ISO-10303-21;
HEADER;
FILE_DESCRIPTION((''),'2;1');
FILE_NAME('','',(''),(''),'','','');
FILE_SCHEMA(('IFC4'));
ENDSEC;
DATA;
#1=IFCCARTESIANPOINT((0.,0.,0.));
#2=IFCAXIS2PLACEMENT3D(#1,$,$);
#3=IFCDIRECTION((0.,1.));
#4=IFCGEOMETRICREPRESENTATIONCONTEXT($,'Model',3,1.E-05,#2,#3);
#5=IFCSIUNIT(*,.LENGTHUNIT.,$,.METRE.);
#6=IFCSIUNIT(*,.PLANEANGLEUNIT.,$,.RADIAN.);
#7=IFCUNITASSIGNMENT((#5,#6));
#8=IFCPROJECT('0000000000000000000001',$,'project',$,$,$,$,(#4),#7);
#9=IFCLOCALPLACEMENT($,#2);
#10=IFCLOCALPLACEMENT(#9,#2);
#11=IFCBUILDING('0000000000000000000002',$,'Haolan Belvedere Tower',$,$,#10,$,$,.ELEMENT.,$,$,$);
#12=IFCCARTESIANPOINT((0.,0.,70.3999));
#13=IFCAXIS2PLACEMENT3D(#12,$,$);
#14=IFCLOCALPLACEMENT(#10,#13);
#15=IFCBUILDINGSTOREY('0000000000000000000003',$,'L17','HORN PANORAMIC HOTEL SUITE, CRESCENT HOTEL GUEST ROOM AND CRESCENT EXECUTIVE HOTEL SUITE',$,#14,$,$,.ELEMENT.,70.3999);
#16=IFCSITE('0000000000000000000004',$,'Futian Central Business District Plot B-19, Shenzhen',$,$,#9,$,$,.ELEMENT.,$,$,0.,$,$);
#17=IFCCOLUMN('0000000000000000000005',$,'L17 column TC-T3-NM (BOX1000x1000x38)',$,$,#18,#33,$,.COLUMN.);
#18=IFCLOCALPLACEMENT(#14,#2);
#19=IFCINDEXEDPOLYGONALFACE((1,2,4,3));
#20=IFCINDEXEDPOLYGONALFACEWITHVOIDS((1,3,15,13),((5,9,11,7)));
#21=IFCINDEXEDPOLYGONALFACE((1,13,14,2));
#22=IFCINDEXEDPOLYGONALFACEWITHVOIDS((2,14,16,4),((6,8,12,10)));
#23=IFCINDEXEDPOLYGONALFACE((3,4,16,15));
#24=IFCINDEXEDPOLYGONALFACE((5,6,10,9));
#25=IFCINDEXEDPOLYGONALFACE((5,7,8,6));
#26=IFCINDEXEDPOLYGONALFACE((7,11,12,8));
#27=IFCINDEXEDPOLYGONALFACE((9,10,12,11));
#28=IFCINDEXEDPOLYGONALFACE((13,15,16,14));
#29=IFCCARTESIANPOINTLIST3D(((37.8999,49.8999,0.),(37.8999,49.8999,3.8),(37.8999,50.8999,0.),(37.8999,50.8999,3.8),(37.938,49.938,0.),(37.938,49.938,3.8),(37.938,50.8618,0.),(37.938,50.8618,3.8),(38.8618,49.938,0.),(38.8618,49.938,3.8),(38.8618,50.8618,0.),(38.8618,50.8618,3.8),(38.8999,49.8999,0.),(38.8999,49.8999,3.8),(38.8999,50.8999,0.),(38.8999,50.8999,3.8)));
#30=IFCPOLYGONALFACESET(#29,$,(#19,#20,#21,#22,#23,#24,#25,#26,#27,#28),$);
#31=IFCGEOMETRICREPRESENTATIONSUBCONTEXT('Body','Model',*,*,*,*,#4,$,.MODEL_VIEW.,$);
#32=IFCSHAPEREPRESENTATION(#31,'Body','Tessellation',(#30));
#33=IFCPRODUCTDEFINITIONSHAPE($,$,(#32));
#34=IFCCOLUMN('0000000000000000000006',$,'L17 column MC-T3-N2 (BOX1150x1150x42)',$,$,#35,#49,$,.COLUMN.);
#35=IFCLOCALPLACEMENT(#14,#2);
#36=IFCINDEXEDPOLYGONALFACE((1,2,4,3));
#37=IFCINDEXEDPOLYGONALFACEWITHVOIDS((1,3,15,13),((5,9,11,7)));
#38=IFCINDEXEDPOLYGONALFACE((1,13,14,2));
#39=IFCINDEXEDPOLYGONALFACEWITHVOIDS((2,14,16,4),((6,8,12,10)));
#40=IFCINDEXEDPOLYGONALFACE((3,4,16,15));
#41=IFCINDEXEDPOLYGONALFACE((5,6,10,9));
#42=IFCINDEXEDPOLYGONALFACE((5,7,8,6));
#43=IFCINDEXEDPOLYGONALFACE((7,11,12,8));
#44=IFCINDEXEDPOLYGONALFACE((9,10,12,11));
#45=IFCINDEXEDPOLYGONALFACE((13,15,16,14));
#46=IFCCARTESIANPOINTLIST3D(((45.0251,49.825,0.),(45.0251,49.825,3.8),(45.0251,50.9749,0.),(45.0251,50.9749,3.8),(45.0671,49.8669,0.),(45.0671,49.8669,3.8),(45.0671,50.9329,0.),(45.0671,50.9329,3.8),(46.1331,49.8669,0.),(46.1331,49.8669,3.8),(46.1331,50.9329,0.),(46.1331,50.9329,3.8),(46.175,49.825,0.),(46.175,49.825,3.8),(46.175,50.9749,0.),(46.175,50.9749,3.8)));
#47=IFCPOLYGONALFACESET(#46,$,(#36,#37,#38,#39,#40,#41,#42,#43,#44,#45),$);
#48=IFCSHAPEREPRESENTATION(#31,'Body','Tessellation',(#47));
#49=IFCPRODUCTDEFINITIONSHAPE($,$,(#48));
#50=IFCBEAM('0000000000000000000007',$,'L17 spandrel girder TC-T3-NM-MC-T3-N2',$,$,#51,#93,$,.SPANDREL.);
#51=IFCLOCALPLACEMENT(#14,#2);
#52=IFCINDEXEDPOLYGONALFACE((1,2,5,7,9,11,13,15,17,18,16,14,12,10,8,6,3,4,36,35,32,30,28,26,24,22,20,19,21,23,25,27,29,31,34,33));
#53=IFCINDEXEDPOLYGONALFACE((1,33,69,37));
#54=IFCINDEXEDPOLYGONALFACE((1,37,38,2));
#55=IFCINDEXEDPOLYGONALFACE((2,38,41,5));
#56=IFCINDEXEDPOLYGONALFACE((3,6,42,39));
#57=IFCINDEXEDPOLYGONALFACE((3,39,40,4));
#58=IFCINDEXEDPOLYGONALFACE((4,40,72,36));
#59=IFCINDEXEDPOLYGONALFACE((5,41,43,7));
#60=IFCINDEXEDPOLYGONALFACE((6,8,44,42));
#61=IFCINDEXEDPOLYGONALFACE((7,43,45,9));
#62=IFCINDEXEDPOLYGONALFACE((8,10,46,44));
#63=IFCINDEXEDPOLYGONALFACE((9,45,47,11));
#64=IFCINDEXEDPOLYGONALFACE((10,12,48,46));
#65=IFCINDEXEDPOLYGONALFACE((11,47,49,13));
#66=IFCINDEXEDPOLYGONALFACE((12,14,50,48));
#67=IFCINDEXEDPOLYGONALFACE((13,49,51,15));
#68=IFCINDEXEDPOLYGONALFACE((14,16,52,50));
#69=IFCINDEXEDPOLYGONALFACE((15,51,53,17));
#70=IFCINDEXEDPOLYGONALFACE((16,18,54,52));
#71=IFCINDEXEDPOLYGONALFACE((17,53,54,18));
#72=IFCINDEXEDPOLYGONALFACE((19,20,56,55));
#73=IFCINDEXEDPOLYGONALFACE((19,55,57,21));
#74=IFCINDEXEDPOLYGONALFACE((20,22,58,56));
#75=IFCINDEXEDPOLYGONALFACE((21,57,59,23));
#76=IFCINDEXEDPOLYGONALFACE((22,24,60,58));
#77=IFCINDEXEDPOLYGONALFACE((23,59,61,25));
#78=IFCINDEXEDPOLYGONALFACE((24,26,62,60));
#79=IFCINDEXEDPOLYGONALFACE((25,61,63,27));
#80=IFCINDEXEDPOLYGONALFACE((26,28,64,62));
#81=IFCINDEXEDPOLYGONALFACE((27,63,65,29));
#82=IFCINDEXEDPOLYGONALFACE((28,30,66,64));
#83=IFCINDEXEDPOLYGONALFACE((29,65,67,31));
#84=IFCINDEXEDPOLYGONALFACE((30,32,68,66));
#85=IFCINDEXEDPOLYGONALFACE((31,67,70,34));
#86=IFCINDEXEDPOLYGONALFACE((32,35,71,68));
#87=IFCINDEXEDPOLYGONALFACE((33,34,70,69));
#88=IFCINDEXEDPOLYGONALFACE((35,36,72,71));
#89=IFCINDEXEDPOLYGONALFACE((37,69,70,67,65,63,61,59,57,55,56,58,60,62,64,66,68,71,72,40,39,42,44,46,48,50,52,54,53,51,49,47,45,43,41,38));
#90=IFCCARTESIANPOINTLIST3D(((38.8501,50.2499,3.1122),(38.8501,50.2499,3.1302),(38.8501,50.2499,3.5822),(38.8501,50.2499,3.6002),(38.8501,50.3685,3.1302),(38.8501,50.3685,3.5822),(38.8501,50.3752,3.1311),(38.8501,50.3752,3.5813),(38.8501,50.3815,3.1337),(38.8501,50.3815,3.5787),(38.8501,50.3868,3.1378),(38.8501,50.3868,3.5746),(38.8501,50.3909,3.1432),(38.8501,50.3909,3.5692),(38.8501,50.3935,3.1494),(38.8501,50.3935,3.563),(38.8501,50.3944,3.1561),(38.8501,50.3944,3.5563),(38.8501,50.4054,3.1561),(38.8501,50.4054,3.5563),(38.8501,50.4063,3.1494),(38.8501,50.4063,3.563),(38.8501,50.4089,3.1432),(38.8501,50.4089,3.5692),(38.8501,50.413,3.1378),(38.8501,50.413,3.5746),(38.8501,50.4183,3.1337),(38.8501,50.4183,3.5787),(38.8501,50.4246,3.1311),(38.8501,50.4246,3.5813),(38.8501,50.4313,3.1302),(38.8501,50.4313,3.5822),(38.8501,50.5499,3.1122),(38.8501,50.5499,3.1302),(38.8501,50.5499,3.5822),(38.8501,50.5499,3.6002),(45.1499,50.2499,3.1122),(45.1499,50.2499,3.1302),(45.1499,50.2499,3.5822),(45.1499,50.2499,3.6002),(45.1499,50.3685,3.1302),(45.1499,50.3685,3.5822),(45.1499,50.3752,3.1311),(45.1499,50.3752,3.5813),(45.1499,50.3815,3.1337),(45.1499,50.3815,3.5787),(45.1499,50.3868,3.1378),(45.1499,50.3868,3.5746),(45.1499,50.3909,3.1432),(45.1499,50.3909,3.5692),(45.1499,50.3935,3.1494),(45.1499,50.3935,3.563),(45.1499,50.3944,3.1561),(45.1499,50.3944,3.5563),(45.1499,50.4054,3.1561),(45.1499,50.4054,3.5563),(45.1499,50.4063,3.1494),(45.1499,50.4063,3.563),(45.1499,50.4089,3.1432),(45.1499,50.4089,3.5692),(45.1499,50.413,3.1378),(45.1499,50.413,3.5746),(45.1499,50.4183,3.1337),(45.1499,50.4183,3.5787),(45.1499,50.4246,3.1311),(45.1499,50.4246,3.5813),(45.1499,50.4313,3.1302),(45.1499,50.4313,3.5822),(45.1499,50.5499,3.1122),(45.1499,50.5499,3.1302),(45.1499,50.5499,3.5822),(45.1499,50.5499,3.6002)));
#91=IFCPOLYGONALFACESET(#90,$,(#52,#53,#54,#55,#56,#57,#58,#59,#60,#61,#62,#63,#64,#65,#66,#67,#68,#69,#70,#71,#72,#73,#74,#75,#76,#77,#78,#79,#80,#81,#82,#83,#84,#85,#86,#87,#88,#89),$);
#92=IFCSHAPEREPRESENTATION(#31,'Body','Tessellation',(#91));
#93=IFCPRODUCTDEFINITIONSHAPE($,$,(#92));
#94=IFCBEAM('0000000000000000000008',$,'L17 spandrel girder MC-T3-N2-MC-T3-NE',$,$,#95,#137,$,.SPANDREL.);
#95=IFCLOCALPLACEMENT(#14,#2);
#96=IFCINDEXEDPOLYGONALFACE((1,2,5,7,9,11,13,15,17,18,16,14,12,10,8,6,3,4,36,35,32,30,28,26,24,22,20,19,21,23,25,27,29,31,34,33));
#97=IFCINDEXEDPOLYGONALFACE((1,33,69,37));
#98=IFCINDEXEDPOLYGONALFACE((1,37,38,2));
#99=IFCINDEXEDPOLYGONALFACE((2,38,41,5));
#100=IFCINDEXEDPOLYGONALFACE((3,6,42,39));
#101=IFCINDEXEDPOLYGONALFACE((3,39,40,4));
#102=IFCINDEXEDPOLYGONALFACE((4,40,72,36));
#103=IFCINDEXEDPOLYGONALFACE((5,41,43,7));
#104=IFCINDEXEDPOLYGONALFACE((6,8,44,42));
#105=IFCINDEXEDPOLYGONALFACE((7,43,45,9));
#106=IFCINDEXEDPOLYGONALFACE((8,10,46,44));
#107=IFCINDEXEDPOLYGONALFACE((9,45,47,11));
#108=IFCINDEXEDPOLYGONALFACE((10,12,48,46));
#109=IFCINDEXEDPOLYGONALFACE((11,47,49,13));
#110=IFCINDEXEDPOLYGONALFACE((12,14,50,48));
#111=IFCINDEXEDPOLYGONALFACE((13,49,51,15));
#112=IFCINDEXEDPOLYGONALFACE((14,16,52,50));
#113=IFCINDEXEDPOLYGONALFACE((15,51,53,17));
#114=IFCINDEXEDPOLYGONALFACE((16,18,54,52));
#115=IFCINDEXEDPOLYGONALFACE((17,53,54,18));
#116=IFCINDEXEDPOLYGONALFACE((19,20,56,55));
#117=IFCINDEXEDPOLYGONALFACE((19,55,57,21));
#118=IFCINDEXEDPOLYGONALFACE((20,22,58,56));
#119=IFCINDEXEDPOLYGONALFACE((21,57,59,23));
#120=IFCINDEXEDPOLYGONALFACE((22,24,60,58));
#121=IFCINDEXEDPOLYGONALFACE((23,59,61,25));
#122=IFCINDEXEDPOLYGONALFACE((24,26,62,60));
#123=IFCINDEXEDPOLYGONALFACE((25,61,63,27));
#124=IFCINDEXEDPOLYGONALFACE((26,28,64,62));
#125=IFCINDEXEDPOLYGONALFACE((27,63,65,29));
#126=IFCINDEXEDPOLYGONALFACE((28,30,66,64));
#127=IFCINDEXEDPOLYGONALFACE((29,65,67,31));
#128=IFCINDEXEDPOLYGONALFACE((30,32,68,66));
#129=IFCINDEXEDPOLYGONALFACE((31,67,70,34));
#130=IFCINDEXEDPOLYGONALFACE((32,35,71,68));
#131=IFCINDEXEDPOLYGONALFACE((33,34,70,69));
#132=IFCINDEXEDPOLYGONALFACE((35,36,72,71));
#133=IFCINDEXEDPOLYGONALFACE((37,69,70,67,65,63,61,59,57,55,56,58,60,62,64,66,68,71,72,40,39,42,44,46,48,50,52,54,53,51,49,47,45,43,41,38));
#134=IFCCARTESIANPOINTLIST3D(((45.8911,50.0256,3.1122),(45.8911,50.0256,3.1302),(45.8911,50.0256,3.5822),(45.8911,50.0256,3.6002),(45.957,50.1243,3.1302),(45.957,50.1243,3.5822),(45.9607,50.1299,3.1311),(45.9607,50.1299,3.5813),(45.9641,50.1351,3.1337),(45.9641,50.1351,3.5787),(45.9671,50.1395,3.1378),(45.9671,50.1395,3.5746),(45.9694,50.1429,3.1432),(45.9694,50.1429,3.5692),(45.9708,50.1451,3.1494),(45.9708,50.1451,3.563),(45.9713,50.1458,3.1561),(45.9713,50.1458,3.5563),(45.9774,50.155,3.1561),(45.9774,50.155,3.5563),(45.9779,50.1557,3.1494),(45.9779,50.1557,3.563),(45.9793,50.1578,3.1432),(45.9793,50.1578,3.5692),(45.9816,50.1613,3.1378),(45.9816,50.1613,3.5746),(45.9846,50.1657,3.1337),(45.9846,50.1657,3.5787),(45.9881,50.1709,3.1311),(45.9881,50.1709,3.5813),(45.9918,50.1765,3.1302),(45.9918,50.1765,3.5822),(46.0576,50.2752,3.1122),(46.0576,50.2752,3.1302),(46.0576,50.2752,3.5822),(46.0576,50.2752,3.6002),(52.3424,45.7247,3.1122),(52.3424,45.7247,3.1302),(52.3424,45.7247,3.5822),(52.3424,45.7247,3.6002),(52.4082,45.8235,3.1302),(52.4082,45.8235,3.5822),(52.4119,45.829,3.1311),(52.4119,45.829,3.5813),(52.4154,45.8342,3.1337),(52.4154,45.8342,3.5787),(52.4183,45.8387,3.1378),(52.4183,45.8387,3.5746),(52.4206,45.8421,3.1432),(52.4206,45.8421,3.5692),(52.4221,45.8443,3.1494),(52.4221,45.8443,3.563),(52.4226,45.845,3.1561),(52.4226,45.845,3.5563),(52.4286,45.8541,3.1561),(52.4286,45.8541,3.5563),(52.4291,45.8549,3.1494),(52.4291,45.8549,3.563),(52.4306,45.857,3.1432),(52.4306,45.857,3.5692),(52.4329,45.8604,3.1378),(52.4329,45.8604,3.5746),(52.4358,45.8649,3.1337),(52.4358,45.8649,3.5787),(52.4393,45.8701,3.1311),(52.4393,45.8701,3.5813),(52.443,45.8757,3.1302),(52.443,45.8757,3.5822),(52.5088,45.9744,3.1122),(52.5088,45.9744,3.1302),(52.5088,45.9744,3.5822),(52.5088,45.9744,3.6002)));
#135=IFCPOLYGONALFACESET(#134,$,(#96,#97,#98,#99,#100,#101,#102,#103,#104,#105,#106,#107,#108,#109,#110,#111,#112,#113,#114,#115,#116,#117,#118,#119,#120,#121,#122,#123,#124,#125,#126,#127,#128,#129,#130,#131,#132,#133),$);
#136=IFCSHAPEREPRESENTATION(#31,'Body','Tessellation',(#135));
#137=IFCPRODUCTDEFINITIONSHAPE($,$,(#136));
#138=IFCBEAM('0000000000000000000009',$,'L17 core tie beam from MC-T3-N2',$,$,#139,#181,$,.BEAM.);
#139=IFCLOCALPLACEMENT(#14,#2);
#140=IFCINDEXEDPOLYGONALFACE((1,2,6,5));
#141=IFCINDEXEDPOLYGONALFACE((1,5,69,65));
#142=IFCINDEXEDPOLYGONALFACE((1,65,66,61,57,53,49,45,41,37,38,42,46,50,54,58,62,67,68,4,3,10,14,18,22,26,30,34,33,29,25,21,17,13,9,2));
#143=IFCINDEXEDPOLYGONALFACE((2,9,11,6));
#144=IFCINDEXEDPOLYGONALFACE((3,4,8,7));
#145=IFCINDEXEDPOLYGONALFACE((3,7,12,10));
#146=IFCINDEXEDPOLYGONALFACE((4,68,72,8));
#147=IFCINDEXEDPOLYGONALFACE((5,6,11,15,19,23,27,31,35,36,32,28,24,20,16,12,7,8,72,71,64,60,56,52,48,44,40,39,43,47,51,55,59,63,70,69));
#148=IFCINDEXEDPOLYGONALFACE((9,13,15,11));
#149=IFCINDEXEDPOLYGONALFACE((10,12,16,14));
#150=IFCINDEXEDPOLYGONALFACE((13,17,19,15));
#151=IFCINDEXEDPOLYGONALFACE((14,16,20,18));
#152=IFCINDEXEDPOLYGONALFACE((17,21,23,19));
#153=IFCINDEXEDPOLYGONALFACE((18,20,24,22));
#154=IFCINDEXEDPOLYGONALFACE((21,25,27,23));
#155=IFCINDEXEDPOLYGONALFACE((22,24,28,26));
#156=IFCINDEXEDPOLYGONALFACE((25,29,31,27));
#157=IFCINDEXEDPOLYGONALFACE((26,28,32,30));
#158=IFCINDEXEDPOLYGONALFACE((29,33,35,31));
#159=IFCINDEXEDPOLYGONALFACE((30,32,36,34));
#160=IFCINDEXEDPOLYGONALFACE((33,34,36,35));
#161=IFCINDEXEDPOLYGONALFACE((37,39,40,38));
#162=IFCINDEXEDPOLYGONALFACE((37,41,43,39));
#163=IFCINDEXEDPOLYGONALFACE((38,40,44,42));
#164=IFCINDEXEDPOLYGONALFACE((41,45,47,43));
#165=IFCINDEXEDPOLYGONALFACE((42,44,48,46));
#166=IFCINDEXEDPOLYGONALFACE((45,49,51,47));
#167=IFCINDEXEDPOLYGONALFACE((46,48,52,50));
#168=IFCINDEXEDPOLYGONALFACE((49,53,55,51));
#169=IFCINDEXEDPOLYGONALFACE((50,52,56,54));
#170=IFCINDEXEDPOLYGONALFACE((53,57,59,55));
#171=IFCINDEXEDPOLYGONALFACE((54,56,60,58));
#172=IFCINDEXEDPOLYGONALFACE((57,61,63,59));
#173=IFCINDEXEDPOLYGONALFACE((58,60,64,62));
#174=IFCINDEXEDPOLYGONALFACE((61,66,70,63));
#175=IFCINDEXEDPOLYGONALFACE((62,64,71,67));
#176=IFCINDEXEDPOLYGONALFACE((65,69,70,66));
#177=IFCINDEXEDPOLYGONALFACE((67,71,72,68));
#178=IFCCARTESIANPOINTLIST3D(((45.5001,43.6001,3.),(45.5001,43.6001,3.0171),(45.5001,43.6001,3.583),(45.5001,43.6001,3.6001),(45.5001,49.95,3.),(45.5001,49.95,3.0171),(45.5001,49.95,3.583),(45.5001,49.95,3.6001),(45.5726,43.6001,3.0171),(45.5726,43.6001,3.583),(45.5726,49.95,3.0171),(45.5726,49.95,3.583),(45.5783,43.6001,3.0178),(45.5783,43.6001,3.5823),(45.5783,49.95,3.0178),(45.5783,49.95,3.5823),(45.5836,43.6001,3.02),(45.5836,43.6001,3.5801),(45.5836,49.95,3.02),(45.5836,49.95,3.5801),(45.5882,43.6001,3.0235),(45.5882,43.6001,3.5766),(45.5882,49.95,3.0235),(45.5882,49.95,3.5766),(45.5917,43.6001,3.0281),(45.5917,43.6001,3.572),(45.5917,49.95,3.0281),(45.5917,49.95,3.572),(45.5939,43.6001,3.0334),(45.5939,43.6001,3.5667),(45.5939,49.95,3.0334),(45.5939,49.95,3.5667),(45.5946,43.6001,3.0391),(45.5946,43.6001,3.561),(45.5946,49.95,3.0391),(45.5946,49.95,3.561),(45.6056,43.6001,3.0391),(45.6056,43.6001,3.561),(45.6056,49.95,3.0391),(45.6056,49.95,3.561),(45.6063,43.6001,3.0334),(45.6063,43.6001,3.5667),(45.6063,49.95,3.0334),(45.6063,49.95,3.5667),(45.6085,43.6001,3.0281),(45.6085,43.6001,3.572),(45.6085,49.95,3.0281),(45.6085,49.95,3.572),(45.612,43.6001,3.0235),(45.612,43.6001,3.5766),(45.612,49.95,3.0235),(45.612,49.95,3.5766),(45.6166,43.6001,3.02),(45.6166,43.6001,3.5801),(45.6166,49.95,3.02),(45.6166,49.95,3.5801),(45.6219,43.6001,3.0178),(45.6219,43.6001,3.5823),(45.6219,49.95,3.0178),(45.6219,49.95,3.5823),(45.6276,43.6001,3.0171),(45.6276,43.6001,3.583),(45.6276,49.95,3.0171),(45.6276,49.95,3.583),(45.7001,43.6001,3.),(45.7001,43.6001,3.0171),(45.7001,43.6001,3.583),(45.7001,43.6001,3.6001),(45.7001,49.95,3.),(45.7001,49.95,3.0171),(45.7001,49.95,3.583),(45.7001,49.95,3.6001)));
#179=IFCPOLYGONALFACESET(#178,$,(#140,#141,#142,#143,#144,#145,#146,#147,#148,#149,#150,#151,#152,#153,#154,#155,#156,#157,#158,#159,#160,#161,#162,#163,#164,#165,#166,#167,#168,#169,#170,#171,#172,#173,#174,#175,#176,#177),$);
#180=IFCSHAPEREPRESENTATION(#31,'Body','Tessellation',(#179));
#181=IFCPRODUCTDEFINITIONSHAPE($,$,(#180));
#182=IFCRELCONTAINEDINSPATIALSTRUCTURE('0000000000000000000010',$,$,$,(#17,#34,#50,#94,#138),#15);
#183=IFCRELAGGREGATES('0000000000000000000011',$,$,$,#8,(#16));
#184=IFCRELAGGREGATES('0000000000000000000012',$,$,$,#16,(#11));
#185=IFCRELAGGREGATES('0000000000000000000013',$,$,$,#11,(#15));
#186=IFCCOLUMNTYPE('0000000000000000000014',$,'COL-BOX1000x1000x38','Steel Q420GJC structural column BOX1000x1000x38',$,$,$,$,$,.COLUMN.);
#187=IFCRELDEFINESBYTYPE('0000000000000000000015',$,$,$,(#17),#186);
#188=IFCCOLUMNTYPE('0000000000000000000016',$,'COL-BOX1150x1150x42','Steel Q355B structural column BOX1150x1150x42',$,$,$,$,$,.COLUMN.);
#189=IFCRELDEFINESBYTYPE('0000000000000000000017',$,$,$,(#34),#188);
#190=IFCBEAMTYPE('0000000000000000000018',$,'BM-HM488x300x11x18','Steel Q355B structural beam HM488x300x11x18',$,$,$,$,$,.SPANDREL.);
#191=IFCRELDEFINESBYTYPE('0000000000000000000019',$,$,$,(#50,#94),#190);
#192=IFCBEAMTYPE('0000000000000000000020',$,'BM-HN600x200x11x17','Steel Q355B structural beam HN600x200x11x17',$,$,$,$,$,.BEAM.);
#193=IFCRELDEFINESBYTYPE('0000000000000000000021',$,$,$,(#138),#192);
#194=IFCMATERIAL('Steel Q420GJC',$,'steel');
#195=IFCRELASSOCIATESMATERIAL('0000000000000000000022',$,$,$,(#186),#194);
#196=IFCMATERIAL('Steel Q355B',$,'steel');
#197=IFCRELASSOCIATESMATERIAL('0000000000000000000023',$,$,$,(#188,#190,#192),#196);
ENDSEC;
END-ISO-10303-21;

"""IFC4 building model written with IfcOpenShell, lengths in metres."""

from ifc_helpers import new_model, si_unit, direction, frame, origin, origin_2d, place, context, subcontext, project, spatial, hollow_rectangle, i_section, extrude, material, material_profile, profile_set, type_object, element, save


model = new_model("IFC4")

# Units and contexts
model_context = context("Model", 3, precision=1e-05, world=origin(), true_north=direction((0.0, 1.0)))
body_context = subcontext(model_context, "Body", "Model", "MODEL_VIEW")
ifc_project = project(units=[si_unit("LENGTHUNIT", "METRE"), si_unit("PLANEANGLEUNIT", "RADIAN")], contexts=[model_context])

# Site, building, storey
site_placement = place(None, origin())
site = spatial("IfcSite", under=ifc_project, at=site_placement, Name="Futian Central Business District Plot B-19, Shenzhen", CompositionType="ELEMENT", RefElevation=0.0)
building_placement = place(site_placement, origin())
building = spatial("IfcBuilding", under=site, at=building_placement, Name="Haolan Belvedere Tower", CompositionType="ELEMENT")
storey_placement = place(building_placement, frame((0.0, 0.0, 70.3999)))
storey = spatial("IfcBuildingStorey", under=building, at=storey_placement, Name="L17", Description="HORN PANORAMIC HOTEL SUITE, CRESCENT HOTEL GUEST ROOM AND CRESCENT EXECUTIVE HOTEL SUITE", CompositionType="ELEMENT", Elevation=70.3999)

# Columns
ifc_material_1 = material(Name="Steel Q420GJC", Category="steel")
ifc_material_profile_1 = material_profile(ifc_material_1, hollow_rectangle(XDim=1.0, YDim=1.0, WallThickness=0.0381, at=origin_2d()), Name="Steel Q420GJC")
ifc_profile_set_1 = profile_set([ifc_material_profile_1], Name="Steel Q420GJC")
column_type_1 = type_object("IfcColumnType", Name="COL-BOX1000x1000x38", Description="Steel Q420GJC structural column BOX1000x1000x38", PredefinedType="COLUMN", material=ifc_profile_set_1)
column_1_placement = place(storey_placement, frame((38.3999, 50.3999, 0.0), z_axis=(0.0, 0.0, 1.0), x_axis=(1.0, 0.0, 0.0)))
element("IfcColumn", 1, at=column_1_placement, inside=storey, type_object=column_type_1, Name="L17 column TC-T3-NM (BOX1000x1000x38)", PredefinedType="COLUMN", context=body_context, shape_type="SweptSolid", body=[
    extrude(hollow_rectangle(XDim=1.0, YDim=1.0, WallThickness=0.0381, at=origin_2d()), origin(), (0.0, 0.0, 1.0), 3.8),
])
ifc_material_2 = material(Name="Steel Q355B", Category="steel")
ifc_material_profile_2 = material_profile(ifc_material_2, hollow_rectangle(XDim=1.1499, YDim=1.1499, WallThickness=0.042, at=origin_2d()), Name="Steel Q355B")
ifc_profile_set_2 = profile_set([ifc_material_profile_2], Name="Steel Q355B")
column_type_2 = type_object("IfcColumnType", Name="COL-BOX1150x1150x42", Description="Steel Q355B structural column BOX1150x1150x42", PredefinedType="COLUMN", material=ifc_profile_set_2)
column_2_placement = place(storey_placement, frame((45.6001, 50.3999, 0.0), z_axis=(0.0, 0.0, 1.0), x_axis=(1.0, 0.0, 0.0)))
element("IfcColumn", 2, at=column_2_placement, inside=storey, type_object=column_type_2, Name="L17 column MC-T3-N2 (BOX1150x1150x42)", PredefinedType="COLUMN", context=body_context, shape_type="SweptSolid", body=[
    extrude(hollow_rectangle(XDim=1.1499, YDim=1.1499, WallThickness=0.042, at=origin_2d()), origin(), (0.0, 0.0, 1.0), 3.8),
])

# Beams
ifc_material_profile_3 = material_profile(ifc_material_2, i_section(OverallWidth=0.3, OverallDepth=0.488, WebThickness=0.011, FlangeThickness=0.0181, FilletRadius=0.0259, at=origin_2d()), Name="Steel Q355B")
ifc_profile_set_3 = profile_set([ifc_material_profile_3], Name="Steel Q355B")
beam_type_1 = type_object("IfcBeamType", Name="BM-HM488x300x11x18", Description="Steel Q355B structural beam HM488x300x11x18", PredefinedType="SPANDREL", material=ifc_profile_set_3)
beam_1_placement = place(storey_placement, frame((38.8501, 50.3999, 3.3562), z_axis=(1.0, 0.0, 0.0), x_axis=(0.0, 1.0, 0.0)))
element("IfcBeam", 3, at=beam_1_placement, inside=storey, type_object=beam_type_1, Name="L17 spandrel girder TC-T3-NM-MC-T3-N2", PredefinedType="SPANDREL", context=body_context, shape_type="SweptSolid", body=[
    extrude(i_section(OverallWidth=0.3, OverallDepth=0.488, WebThickness=0.011, FlangeThickness=0.0181, FilletRadius=0.0259, at=origin_2d()), origin(), (0.0, 0.0, 1.0), 6.2998),
])
beam_2_placement = place(storey_placement, frame((45.9744, 50.1504, 3.3562), z_axis=(0.83205, -0.5547, 0.0), x_axis=(0.5547, 0.83205, 0.0)))
element("IfcBeam", 4, at=beam_2_placement, inside=storey, type_object=beam_type_1, Name="L17 spandrel girder MC-T3-N2-MC-T3-NE", PredefinedType="SPANDREL", context=body_context, shape_type="SweptSolid", body=[
    extrude(i_section(OverallWidth=0.3, OverallDepth=0.488, WebThickness=0.011, FlangeThickness=0.0181, FilletRadius=0.0259, at=origin_2d()), origin(), (0.0, 0.0, 1.0), 7.7534),
])
ifc_material_profile_4 = material_profile(ifc_material_2, i_section(OverallWidth=0.2, OverallDepth=0.6001, WebThickness=0.011, FlangeThickness=0.0171, FilletRadius=0.022, at=origin_2d()), Name="Steel Q355B")
ifc_profile_set_4 = profile_set([ifc_material_profile_4], Name="Steel Q355B")
beam_type_2 = type_object("IfcBeamType", Name="BM-HN600x200x11x17", Description="Steel Q355B structural beam HN600x200x11x17", PredefinedType="BEAM", material=ifc_profile_set_4)
beam_3_placement = place(storey_placement, frame((45.6001, 49.95, 3.3), z_axis=(0.0, -1.0, 0.0), x_axis=(1.0, 0.0, 0.0)))
element("IfcBeam", 5, at=beam_3_placement, inside=storey, type_object=beam_type_2, Name="L17 core tie beam from MC-T3-N2", PredefinedType="BEAM", context=body_context, shape_type="SweptSolid", body=[
    extrude(i_section(OverallWidth=0.2, OverallDepth=0.6001, WebThickness=0.011, FlangeThickness=0.0171, FilletRadius=0.022, at=origin_2d()), origin(), (0.0, 0.0, 1.0), 6.3499),
])

save(model, "model.ifc")
